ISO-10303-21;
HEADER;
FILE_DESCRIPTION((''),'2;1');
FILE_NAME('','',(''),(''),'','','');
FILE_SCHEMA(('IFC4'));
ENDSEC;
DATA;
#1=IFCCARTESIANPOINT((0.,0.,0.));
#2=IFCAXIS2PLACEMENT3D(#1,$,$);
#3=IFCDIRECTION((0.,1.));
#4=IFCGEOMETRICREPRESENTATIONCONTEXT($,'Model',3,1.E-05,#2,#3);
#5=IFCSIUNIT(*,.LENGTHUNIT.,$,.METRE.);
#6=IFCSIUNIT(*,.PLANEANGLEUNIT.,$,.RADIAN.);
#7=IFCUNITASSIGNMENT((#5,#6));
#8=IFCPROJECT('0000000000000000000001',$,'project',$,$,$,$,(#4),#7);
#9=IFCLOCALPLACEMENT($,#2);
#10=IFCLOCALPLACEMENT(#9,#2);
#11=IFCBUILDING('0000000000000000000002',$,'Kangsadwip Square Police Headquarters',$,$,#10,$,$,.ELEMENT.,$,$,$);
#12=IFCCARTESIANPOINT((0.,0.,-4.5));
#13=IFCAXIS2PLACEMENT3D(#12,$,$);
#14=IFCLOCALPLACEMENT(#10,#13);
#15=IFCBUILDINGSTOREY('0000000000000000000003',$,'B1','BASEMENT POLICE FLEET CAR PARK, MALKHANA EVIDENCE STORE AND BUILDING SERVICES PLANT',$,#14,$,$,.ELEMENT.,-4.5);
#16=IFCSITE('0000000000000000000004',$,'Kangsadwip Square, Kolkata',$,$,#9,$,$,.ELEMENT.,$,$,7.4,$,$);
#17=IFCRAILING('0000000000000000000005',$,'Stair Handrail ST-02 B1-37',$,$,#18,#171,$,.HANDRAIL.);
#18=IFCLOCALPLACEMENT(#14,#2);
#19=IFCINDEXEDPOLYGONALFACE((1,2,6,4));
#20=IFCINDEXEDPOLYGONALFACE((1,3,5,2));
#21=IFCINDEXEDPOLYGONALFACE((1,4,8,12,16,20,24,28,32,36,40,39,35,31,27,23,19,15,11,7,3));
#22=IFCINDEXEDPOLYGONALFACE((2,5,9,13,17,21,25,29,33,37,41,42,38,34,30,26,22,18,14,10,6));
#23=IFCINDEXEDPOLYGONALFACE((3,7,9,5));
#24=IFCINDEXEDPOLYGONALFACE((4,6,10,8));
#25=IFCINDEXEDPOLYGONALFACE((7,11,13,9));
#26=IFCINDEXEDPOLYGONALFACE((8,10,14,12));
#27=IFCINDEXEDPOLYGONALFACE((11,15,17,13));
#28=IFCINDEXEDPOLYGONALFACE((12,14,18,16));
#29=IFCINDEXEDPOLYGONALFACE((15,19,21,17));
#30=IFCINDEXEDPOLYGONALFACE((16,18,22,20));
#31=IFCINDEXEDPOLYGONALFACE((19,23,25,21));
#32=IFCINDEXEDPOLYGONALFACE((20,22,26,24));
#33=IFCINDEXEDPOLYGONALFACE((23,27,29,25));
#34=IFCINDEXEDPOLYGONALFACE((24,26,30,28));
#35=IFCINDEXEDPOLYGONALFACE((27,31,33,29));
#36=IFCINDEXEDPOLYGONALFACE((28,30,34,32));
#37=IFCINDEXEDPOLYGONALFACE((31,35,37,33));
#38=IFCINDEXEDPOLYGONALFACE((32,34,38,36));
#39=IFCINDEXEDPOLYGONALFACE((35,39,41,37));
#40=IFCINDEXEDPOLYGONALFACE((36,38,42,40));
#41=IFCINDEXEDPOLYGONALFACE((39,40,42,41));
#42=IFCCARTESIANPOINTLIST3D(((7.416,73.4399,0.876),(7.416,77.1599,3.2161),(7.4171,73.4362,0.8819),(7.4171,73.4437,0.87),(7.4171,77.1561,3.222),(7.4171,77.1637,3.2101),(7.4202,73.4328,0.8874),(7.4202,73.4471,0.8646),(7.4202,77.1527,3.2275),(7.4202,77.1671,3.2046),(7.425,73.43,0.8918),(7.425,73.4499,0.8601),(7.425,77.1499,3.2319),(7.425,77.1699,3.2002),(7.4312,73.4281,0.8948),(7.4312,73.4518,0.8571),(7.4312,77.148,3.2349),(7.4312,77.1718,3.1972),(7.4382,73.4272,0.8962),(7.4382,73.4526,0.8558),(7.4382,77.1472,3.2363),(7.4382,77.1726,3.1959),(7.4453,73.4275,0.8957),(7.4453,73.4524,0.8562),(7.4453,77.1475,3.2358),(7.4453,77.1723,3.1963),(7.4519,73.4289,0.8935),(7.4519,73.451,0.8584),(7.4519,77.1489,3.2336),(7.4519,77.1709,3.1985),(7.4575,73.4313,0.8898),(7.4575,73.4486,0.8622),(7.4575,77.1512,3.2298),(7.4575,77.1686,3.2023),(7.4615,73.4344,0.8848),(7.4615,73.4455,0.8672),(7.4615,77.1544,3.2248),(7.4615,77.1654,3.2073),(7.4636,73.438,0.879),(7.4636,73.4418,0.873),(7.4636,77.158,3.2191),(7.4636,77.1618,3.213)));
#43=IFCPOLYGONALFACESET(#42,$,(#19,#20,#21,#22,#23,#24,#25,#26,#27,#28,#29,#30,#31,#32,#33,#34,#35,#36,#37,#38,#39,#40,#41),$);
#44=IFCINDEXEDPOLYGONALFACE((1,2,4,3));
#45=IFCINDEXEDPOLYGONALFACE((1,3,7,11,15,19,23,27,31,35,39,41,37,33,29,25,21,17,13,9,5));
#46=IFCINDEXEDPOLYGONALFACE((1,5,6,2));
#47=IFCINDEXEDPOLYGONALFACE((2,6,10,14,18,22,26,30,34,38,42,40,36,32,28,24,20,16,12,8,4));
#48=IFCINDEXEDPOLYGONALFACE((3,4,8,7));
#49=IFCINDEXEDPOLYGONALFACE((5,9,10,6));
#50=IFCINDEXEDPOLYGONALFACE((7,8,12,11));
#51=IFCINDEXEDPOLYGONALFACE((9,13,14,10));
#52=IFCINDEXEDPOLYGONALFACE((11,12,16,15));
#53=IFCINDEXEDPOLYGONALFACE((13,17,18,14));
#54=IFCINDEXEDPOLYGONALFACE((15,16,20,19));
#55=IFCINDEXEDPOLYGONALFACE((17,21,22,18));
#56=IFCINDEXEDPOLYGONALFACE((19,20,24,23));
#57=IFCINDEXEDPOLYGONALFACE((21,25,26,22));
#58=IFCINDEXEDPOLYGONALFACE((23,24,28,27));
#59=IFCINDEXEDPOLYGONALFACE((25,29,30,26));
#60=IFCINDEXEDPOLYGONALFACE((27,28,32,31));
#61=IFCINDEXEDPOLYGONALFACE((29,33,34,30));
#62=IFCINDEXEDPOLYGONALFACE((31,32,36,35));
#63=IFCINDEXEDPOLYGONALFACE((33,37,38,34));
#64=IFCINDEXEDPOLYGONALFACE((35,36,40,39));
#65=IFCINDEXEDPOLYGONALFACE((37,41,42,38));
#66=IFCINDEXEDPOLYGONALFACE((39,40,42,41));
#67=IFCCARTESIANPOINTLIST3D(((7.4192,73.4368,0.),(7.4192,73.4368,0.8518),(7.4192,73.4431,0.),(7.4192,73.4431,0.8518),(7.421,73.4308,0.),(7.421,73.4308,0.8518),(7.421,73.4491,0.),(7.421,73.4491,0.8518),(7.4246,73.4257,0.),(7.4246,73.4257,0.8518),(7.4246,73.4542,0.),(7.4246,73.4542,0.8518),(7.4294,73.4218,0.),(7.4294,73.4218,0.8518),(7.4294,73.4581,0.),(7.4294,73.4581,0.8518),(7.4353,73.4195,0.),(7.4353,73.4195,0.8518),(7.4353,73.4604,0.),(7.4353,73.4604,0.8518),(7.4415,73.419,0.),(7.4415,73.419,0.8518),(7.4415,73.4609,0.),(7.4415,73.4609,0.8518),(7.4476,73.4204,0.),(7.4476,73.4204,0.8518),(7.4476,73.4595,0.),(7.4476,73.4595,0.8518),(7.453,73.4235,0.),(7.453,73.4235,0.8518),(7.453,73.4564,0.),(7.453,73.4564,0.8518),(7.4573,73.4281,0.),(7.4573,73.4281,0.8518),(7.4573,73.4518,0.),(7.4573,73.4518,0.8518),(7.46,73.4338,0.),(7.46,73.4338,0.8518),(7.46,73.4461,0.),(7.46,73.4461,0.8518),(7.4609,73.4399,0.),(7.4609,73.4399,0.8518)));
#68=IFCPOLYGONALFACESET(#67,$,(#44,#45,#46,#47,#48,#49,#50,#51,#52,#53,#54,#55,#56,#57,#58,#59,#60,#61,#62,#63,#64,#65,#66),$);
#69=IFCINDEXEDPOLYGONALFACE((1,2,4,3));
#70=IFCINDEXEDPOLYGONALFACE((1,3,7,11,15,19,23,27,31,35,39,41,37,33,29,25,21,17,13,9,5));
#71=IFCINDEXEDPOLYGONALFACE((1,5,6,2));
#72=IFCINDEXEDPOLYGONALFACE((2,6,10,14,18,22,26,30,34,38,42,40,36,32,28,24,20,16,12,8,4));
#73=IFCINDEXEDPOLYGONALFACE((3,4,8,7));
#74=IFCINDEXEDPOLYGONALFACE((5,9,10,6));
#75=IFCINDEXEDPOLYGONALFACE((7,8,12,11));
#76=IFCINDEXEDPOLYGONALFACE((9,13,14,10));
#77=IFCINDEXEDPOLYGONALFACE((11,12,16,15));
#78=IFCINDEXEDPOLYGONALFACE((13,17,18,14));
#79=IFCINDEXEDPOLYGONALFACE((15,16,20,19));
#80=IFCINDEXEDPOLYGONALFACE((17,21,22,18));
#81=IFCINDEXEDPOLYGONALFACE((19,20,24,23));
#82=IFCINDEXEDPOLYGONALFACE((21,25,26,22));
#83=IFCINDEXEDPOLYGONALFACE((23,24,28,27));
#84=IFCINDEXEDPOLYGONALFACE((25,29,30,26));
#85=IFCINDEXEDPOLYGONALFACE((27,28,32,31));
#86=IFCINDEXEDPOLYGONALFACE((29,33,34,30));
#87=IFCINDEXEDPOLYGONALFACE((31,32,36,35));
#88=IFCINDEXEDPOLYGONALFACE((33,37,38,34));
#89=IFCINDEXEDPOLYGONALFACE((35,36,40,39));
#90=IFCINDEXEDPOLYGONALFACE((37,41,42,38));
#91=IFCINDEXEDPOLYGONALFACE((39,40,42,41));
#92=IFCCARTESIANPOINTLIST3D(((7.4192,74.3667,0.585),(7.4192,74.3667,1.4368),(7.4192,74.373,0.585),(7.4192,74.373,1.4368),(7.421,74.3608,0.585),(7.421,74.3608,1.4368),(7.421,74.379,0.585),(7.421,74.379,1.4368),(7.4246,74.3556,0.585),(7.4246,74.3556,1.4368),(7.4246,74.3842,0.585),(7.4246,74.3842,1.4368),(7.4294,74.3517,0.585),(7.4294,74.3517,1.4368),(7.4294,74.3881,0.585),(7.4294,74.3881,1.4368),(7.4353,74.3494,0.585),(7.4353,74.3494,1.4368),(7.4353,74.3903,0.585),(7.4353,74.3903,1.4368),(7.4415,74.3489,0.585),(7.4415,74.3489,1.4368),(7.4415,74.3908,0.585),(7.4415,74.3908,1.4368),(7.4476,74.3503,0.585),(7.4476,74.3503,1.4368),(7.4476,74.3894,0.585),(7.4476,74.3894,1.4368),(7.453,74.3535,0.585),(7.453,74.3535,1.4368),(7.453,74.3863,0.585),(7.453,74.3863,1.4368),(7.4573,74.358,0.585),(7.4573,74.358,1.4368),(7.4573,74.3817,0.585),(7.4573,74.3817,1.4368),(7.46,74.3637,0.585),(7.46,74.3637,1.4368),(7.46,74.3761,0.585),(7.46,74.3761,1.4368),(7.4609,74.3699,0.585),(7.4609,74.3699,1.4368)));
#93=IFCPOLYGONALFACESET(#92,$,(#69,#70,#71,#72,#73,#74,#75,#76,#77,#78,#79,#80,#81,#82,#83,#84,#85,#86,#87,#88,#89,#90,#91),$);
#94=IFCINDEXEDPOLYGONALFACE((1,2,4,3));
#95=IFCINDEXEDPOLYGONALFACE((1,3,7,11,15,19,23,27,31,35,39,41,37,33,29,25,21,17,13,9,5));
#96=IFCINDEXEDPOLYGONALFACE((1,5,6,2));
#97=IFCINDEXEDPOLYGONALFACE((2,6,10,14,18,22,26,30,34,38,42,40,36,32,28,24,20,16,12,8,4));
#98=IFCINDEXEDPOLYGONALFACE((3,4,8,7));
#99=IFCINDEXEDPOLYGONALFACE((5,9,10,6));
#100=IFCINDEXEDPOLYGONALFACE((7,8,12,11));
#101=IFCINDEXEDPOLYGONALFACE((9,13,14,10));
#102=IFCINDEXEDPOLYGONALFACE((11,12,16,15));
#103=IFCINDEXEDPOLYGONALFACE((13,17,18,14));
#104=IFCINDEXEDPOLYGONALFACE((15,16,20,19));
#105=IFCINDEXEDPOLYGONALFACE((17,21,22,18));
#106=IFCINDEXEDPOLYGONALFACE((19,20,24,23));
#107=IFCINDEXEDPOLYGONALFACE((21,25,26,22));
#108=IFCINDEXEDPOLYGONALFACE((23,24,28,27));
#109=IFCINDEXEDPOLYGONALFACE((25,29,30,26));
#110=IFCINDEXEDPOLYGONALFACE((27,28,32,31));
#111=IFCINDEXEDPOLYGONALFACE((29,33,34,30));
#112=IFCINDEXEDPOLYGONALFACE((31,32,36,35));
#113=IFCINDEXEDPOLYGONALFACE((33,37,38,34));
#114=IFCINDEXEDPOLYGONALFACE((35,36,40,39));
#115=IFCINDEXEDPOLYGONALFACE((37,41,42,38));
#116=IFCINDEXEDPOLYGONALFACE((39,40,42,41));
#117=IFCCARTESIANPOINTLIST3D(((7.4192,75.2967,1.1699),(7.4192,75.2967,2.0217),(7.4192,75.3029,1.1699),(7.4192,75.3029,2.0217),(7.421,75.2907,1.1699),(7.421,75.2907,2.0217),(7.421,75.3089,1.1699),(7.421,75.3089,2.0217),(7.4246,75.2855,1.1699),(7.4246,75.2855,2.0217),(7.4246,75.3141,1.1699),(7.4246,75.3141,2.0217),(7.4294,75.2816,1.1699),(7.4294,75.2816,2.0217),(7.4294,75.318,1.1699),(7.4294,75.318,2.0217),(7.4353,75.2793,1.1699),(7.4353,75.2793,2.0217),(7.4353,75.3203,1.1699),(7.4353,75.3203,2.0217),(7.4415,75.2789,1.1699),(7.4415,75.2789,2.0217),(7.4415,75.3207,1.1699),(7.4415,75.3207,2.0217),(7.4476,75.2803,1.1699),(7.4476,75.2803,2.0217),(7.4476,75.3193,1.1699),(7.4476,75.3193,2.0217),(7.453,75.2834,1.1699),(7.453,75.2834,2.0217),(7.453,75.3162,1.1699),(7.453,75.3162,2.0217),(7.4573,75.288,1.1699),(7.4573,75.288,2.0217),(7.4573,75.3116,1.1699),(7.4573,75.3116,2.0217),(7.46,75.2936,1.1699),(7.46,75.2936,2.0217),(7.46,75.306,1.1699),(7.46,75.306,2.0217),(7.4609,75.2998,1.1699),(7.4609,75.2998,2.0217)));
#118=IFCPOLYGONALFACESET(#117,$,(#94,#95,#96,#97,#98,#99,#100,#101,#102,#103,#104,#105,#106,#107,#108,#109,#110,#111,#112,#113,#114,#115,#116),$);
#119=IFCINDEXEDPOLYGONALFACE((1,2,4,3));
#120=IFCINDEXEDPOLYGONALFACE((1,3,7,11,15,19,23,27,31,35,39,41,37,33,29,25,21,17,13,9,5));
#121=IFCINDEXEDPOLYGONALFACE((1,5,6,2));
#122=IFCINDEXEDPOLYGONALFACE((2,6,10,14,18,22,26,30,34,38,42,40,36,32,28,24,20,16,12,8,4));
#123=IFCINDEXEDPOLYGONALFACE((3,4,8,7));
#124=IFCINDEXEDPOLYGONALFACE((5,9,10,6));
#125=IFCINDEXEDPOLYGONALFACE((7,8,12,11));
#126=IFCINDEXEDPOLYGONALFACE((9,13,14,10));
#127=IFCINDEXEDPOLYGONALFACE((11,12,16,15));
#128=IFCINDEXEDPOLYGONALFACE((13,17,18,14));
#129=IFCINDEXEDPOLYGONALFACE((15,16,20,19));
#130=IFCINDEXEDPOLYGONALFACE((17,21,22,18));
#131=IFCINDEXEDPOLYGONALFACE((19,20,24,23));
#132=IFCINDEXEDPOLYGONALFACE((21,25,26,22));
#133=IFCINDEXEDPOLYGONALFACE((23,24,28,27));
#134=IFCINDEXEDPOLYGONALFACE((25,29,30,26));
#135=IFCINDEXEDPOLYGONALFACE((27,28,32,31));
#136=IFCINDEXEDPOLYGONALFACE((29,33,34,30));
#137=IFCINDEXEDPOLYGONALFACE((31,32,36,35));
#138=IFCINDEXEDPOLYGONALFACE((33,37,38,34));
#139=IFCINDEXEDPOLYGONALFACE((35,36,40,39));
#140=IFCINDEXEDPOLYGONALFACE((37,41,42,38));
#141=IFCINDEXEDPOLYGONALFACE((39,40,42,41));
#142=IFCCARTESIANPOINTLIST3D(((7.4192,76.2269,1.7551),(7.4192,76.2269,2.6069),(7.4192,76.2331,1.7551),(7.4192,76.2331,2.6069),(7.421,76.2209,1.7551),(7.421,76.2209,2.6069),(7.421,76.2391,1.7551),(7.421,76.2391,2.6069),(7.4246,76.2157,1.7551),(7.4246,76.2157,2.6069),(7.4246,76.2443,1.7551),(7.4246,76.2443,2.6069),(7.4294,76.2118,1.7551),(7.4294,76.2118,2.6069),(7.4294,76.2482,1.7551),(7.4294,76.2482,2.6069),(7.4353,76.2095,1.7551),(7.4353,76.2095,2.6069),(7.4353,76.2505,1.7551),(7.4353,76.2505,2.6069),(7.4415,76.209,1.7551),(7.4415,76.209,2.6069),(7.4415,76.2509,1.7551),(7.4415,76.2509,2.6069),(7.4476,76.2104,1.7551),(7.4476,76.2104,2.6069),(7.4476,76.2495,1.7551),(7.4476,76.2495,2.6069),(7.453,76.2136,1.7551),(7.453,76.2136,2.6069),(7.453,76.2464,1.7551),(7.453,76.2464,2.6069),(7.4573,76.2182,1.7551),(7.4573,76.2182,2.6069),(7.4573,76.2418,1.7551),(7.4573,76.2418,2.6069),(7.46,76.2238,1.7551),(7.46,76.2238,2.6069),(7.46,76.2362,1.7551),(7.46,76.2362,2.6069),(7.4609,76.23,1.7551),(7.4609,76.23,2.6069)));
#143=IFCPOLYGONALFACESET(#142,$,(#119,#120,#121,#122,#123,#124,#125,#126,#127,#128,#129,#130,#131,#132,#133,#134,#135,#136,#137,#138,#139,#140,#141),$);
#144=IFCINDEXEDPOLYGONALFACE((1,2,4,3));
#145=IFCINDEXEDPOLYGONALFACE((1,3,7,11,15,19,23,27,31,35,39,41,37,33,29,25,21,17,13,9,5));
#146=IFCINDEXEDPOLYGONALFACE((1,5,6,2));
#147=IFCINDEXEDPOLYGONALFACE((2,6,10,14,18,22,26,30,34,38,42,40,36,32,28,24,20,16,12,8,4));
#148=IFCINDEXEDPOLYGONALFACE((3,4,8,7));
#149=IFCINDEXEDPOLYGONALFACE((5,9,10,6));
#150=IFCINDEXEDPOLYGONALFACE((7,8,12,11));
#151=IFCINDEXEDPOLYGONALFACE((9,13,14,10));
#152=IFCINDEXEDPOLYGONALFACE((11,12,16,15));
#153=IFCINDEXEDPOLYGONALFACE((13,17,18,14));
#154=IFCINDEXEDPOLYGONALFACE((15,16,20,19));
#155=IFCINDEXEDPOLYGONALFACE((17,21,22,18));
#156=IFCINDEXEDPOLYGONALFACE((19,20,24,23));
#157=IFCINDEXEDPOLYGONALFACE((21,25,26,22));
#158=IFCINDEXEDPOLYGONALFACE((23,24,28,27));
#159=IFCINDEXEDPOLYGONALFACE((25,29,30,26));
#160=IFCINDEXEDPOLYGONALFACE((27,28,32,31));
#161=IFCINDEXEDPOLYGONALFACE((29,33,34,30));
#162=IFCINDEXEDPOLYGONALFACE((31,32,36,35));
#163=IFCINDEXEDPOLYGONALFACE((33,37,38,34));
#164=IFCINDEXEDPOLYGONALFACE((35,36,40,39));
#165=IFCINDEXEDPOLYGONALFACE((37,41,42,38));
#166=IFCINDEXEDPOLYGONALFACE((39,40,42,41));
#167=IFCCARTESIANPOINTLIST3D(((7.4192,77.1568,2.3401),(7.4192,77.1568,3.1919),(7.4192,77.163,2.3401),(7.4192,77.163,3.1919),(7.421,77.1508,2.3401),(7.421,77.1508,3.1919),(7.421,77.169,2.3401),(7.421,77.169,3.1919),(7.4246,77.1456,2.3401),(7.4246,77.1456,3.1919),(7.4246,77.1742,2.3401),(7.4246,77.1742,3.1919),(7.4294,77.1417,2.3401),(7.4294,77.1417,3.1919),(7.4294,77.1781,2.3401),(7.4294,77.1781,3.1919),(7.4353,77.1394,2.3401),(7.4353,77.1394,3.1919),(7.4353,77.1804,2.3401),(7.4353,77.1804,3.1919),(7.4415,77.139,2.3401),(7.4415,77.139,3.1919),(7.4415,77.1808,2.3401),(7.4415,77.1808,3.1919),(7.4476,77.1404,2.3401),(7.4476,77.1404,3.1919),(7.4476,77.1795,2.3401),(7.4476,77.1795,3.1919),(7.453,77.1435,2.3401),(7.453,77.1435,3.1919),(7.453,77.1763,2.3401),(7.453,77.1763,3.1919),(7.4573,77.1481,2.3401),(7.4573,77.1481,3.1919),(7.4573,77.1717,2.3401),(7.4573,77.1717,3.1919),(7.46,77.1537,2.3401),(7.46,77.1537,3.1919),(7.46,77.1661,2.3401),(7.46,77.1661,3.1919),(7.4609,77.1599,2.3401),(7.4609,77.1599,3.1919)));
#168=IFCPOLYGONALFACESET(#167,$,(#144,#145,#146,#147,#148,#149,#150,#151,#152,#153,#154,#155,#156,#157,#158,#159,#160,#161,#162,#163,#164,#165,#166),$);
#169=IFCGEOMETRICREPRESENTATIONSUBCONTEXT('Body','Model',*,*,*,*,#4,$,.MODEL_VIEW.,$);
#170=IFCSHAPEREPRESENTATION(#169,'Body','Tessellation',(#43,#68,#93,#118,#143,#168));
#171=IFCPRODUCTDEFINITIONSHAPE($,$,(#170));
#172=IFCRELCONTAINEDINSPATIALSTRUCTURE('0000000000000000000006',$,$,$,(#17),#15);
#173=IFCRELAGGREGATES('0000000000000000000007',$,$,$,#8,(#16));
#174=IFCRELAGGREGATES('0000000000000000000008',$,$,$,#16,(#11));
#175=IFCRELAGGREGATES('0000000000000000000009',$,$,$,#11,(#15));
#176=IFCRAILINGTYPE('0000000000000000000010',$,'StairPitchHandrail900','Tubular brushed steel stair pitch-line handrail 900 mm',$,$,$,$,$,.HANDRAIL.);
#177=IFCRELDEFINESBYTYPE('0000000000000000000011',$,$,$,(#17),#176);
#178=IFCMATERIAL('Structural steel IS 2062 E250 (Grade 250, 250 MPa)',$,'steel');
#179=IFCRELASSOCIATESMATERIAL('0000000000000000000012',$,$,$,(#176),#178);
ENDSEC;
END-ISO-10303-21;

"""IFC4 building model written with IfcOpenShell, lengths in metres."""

from ifc_helpers import new_model, si_unit, direction, frame, origin, origin_2d, place, context, subcontext, project, spatial, circle, extrude, material, type_object, element, save


model = new_model("IFC4")

# Units and contexts
model_context = context("Model", 3, precision=1e-05, world=origin(), true_north=direction((0.0, 1.0)))
body_context = subcontext(model_context, "Body", "Model", "MODEL_VIEW")
ifc_project = project(units=[si_unit("LENGTHUNIT", "METRE"), si_unit("PLANEANGLEUNIT", "RADIAN")], contexts=[model_context])

# Site, building, storey
site_placement = place(None, origin())
site = spatial("IfcSite", under=ifc_project, at=site_placement, Name="Kangsadwip Square, Kolkata", CompositionType="ELEMENT", RefElevation=7.4)
building_placement = place(site_placement, origin())
building = spatial("IfcBuilding", under=site, at=building_placement, Name="Kangsadwip Square Police Headquarters", CompositionType="ELEMENT")
storey_placement = place(building_placement, frame((0.0, 0.0, -4.5)))
storey = spatial("IfcBuildingStorey", under=building, at=storey_placement, Name="B1", Description="BASEMENT POLICE FLEET CAR PARK, MALKHANA EVIDENCE STORE AND BUILDING SERVICES PLANT", CompositionType="ELEMENT", Elevation=-4.5)

# Railing
ifc_material_1 = material(Name="Structural steel IS 2062 E250 (Grade 250, 250 MPa)", Category="steel")
railing_type_1 = type_object("IfcRailingType", Name="StairPitchHandrail900", Description="Tubular brushed steel stair pitch-line handrail 900 mm", PredefinedType="HANDRAIL", material=ifc_material_1)
railing_1_placement = place(storey_placement, frame((7.4399, 73.4399, 0.0)))
element("IfcRailing", 1, at=railing_1_placement, inside=storey, type_object=railing_type_1, Name="Stair Handrail ST-02 B1-37", PredefinedType="HANDRAIL", context=body_context, shape_type="SweptSolid", body=[
    extrude(circle(Radius=0.0239, at=origin_2d()), frame((0.0, 0.0, 0.876), z_axis=(0.0, 0.84645, 0.532468), x_axis=(-1.0, 0.0, 0.0)), (0.0, 0.0, 1.0), 4.3948),
    extrude(circle(Radius=0.021, at=origin_2d()), origin(), (0.0, 0.0, 1.0), 0.8518),
    extrude(circle(Radius=0.021, at=origin_2d()), frame((0.0, 0.9299, 0.585)), (0.0, 0.0, 1.0), 0.8518),
    extrude(circle(Radius=0.021, at=origin_2d()), frame((0.0, 1.8599, 1.1699)), (0.0, 0.0, 1.0), 0.8518),
    extrude(circle(Radius=0.021, at=origin_2d()), frame((0.0, 2.79, 1.7551)), (0.0, 0.0, 1.0), 0.8518),
    extrude(circle(Radius=0.021, at=origin_2d()), frame((0.0, 3.72, 2.3401)), (0.0, 0.0, 1.0), 0.8518),
])

save(model, "model.ifc")
